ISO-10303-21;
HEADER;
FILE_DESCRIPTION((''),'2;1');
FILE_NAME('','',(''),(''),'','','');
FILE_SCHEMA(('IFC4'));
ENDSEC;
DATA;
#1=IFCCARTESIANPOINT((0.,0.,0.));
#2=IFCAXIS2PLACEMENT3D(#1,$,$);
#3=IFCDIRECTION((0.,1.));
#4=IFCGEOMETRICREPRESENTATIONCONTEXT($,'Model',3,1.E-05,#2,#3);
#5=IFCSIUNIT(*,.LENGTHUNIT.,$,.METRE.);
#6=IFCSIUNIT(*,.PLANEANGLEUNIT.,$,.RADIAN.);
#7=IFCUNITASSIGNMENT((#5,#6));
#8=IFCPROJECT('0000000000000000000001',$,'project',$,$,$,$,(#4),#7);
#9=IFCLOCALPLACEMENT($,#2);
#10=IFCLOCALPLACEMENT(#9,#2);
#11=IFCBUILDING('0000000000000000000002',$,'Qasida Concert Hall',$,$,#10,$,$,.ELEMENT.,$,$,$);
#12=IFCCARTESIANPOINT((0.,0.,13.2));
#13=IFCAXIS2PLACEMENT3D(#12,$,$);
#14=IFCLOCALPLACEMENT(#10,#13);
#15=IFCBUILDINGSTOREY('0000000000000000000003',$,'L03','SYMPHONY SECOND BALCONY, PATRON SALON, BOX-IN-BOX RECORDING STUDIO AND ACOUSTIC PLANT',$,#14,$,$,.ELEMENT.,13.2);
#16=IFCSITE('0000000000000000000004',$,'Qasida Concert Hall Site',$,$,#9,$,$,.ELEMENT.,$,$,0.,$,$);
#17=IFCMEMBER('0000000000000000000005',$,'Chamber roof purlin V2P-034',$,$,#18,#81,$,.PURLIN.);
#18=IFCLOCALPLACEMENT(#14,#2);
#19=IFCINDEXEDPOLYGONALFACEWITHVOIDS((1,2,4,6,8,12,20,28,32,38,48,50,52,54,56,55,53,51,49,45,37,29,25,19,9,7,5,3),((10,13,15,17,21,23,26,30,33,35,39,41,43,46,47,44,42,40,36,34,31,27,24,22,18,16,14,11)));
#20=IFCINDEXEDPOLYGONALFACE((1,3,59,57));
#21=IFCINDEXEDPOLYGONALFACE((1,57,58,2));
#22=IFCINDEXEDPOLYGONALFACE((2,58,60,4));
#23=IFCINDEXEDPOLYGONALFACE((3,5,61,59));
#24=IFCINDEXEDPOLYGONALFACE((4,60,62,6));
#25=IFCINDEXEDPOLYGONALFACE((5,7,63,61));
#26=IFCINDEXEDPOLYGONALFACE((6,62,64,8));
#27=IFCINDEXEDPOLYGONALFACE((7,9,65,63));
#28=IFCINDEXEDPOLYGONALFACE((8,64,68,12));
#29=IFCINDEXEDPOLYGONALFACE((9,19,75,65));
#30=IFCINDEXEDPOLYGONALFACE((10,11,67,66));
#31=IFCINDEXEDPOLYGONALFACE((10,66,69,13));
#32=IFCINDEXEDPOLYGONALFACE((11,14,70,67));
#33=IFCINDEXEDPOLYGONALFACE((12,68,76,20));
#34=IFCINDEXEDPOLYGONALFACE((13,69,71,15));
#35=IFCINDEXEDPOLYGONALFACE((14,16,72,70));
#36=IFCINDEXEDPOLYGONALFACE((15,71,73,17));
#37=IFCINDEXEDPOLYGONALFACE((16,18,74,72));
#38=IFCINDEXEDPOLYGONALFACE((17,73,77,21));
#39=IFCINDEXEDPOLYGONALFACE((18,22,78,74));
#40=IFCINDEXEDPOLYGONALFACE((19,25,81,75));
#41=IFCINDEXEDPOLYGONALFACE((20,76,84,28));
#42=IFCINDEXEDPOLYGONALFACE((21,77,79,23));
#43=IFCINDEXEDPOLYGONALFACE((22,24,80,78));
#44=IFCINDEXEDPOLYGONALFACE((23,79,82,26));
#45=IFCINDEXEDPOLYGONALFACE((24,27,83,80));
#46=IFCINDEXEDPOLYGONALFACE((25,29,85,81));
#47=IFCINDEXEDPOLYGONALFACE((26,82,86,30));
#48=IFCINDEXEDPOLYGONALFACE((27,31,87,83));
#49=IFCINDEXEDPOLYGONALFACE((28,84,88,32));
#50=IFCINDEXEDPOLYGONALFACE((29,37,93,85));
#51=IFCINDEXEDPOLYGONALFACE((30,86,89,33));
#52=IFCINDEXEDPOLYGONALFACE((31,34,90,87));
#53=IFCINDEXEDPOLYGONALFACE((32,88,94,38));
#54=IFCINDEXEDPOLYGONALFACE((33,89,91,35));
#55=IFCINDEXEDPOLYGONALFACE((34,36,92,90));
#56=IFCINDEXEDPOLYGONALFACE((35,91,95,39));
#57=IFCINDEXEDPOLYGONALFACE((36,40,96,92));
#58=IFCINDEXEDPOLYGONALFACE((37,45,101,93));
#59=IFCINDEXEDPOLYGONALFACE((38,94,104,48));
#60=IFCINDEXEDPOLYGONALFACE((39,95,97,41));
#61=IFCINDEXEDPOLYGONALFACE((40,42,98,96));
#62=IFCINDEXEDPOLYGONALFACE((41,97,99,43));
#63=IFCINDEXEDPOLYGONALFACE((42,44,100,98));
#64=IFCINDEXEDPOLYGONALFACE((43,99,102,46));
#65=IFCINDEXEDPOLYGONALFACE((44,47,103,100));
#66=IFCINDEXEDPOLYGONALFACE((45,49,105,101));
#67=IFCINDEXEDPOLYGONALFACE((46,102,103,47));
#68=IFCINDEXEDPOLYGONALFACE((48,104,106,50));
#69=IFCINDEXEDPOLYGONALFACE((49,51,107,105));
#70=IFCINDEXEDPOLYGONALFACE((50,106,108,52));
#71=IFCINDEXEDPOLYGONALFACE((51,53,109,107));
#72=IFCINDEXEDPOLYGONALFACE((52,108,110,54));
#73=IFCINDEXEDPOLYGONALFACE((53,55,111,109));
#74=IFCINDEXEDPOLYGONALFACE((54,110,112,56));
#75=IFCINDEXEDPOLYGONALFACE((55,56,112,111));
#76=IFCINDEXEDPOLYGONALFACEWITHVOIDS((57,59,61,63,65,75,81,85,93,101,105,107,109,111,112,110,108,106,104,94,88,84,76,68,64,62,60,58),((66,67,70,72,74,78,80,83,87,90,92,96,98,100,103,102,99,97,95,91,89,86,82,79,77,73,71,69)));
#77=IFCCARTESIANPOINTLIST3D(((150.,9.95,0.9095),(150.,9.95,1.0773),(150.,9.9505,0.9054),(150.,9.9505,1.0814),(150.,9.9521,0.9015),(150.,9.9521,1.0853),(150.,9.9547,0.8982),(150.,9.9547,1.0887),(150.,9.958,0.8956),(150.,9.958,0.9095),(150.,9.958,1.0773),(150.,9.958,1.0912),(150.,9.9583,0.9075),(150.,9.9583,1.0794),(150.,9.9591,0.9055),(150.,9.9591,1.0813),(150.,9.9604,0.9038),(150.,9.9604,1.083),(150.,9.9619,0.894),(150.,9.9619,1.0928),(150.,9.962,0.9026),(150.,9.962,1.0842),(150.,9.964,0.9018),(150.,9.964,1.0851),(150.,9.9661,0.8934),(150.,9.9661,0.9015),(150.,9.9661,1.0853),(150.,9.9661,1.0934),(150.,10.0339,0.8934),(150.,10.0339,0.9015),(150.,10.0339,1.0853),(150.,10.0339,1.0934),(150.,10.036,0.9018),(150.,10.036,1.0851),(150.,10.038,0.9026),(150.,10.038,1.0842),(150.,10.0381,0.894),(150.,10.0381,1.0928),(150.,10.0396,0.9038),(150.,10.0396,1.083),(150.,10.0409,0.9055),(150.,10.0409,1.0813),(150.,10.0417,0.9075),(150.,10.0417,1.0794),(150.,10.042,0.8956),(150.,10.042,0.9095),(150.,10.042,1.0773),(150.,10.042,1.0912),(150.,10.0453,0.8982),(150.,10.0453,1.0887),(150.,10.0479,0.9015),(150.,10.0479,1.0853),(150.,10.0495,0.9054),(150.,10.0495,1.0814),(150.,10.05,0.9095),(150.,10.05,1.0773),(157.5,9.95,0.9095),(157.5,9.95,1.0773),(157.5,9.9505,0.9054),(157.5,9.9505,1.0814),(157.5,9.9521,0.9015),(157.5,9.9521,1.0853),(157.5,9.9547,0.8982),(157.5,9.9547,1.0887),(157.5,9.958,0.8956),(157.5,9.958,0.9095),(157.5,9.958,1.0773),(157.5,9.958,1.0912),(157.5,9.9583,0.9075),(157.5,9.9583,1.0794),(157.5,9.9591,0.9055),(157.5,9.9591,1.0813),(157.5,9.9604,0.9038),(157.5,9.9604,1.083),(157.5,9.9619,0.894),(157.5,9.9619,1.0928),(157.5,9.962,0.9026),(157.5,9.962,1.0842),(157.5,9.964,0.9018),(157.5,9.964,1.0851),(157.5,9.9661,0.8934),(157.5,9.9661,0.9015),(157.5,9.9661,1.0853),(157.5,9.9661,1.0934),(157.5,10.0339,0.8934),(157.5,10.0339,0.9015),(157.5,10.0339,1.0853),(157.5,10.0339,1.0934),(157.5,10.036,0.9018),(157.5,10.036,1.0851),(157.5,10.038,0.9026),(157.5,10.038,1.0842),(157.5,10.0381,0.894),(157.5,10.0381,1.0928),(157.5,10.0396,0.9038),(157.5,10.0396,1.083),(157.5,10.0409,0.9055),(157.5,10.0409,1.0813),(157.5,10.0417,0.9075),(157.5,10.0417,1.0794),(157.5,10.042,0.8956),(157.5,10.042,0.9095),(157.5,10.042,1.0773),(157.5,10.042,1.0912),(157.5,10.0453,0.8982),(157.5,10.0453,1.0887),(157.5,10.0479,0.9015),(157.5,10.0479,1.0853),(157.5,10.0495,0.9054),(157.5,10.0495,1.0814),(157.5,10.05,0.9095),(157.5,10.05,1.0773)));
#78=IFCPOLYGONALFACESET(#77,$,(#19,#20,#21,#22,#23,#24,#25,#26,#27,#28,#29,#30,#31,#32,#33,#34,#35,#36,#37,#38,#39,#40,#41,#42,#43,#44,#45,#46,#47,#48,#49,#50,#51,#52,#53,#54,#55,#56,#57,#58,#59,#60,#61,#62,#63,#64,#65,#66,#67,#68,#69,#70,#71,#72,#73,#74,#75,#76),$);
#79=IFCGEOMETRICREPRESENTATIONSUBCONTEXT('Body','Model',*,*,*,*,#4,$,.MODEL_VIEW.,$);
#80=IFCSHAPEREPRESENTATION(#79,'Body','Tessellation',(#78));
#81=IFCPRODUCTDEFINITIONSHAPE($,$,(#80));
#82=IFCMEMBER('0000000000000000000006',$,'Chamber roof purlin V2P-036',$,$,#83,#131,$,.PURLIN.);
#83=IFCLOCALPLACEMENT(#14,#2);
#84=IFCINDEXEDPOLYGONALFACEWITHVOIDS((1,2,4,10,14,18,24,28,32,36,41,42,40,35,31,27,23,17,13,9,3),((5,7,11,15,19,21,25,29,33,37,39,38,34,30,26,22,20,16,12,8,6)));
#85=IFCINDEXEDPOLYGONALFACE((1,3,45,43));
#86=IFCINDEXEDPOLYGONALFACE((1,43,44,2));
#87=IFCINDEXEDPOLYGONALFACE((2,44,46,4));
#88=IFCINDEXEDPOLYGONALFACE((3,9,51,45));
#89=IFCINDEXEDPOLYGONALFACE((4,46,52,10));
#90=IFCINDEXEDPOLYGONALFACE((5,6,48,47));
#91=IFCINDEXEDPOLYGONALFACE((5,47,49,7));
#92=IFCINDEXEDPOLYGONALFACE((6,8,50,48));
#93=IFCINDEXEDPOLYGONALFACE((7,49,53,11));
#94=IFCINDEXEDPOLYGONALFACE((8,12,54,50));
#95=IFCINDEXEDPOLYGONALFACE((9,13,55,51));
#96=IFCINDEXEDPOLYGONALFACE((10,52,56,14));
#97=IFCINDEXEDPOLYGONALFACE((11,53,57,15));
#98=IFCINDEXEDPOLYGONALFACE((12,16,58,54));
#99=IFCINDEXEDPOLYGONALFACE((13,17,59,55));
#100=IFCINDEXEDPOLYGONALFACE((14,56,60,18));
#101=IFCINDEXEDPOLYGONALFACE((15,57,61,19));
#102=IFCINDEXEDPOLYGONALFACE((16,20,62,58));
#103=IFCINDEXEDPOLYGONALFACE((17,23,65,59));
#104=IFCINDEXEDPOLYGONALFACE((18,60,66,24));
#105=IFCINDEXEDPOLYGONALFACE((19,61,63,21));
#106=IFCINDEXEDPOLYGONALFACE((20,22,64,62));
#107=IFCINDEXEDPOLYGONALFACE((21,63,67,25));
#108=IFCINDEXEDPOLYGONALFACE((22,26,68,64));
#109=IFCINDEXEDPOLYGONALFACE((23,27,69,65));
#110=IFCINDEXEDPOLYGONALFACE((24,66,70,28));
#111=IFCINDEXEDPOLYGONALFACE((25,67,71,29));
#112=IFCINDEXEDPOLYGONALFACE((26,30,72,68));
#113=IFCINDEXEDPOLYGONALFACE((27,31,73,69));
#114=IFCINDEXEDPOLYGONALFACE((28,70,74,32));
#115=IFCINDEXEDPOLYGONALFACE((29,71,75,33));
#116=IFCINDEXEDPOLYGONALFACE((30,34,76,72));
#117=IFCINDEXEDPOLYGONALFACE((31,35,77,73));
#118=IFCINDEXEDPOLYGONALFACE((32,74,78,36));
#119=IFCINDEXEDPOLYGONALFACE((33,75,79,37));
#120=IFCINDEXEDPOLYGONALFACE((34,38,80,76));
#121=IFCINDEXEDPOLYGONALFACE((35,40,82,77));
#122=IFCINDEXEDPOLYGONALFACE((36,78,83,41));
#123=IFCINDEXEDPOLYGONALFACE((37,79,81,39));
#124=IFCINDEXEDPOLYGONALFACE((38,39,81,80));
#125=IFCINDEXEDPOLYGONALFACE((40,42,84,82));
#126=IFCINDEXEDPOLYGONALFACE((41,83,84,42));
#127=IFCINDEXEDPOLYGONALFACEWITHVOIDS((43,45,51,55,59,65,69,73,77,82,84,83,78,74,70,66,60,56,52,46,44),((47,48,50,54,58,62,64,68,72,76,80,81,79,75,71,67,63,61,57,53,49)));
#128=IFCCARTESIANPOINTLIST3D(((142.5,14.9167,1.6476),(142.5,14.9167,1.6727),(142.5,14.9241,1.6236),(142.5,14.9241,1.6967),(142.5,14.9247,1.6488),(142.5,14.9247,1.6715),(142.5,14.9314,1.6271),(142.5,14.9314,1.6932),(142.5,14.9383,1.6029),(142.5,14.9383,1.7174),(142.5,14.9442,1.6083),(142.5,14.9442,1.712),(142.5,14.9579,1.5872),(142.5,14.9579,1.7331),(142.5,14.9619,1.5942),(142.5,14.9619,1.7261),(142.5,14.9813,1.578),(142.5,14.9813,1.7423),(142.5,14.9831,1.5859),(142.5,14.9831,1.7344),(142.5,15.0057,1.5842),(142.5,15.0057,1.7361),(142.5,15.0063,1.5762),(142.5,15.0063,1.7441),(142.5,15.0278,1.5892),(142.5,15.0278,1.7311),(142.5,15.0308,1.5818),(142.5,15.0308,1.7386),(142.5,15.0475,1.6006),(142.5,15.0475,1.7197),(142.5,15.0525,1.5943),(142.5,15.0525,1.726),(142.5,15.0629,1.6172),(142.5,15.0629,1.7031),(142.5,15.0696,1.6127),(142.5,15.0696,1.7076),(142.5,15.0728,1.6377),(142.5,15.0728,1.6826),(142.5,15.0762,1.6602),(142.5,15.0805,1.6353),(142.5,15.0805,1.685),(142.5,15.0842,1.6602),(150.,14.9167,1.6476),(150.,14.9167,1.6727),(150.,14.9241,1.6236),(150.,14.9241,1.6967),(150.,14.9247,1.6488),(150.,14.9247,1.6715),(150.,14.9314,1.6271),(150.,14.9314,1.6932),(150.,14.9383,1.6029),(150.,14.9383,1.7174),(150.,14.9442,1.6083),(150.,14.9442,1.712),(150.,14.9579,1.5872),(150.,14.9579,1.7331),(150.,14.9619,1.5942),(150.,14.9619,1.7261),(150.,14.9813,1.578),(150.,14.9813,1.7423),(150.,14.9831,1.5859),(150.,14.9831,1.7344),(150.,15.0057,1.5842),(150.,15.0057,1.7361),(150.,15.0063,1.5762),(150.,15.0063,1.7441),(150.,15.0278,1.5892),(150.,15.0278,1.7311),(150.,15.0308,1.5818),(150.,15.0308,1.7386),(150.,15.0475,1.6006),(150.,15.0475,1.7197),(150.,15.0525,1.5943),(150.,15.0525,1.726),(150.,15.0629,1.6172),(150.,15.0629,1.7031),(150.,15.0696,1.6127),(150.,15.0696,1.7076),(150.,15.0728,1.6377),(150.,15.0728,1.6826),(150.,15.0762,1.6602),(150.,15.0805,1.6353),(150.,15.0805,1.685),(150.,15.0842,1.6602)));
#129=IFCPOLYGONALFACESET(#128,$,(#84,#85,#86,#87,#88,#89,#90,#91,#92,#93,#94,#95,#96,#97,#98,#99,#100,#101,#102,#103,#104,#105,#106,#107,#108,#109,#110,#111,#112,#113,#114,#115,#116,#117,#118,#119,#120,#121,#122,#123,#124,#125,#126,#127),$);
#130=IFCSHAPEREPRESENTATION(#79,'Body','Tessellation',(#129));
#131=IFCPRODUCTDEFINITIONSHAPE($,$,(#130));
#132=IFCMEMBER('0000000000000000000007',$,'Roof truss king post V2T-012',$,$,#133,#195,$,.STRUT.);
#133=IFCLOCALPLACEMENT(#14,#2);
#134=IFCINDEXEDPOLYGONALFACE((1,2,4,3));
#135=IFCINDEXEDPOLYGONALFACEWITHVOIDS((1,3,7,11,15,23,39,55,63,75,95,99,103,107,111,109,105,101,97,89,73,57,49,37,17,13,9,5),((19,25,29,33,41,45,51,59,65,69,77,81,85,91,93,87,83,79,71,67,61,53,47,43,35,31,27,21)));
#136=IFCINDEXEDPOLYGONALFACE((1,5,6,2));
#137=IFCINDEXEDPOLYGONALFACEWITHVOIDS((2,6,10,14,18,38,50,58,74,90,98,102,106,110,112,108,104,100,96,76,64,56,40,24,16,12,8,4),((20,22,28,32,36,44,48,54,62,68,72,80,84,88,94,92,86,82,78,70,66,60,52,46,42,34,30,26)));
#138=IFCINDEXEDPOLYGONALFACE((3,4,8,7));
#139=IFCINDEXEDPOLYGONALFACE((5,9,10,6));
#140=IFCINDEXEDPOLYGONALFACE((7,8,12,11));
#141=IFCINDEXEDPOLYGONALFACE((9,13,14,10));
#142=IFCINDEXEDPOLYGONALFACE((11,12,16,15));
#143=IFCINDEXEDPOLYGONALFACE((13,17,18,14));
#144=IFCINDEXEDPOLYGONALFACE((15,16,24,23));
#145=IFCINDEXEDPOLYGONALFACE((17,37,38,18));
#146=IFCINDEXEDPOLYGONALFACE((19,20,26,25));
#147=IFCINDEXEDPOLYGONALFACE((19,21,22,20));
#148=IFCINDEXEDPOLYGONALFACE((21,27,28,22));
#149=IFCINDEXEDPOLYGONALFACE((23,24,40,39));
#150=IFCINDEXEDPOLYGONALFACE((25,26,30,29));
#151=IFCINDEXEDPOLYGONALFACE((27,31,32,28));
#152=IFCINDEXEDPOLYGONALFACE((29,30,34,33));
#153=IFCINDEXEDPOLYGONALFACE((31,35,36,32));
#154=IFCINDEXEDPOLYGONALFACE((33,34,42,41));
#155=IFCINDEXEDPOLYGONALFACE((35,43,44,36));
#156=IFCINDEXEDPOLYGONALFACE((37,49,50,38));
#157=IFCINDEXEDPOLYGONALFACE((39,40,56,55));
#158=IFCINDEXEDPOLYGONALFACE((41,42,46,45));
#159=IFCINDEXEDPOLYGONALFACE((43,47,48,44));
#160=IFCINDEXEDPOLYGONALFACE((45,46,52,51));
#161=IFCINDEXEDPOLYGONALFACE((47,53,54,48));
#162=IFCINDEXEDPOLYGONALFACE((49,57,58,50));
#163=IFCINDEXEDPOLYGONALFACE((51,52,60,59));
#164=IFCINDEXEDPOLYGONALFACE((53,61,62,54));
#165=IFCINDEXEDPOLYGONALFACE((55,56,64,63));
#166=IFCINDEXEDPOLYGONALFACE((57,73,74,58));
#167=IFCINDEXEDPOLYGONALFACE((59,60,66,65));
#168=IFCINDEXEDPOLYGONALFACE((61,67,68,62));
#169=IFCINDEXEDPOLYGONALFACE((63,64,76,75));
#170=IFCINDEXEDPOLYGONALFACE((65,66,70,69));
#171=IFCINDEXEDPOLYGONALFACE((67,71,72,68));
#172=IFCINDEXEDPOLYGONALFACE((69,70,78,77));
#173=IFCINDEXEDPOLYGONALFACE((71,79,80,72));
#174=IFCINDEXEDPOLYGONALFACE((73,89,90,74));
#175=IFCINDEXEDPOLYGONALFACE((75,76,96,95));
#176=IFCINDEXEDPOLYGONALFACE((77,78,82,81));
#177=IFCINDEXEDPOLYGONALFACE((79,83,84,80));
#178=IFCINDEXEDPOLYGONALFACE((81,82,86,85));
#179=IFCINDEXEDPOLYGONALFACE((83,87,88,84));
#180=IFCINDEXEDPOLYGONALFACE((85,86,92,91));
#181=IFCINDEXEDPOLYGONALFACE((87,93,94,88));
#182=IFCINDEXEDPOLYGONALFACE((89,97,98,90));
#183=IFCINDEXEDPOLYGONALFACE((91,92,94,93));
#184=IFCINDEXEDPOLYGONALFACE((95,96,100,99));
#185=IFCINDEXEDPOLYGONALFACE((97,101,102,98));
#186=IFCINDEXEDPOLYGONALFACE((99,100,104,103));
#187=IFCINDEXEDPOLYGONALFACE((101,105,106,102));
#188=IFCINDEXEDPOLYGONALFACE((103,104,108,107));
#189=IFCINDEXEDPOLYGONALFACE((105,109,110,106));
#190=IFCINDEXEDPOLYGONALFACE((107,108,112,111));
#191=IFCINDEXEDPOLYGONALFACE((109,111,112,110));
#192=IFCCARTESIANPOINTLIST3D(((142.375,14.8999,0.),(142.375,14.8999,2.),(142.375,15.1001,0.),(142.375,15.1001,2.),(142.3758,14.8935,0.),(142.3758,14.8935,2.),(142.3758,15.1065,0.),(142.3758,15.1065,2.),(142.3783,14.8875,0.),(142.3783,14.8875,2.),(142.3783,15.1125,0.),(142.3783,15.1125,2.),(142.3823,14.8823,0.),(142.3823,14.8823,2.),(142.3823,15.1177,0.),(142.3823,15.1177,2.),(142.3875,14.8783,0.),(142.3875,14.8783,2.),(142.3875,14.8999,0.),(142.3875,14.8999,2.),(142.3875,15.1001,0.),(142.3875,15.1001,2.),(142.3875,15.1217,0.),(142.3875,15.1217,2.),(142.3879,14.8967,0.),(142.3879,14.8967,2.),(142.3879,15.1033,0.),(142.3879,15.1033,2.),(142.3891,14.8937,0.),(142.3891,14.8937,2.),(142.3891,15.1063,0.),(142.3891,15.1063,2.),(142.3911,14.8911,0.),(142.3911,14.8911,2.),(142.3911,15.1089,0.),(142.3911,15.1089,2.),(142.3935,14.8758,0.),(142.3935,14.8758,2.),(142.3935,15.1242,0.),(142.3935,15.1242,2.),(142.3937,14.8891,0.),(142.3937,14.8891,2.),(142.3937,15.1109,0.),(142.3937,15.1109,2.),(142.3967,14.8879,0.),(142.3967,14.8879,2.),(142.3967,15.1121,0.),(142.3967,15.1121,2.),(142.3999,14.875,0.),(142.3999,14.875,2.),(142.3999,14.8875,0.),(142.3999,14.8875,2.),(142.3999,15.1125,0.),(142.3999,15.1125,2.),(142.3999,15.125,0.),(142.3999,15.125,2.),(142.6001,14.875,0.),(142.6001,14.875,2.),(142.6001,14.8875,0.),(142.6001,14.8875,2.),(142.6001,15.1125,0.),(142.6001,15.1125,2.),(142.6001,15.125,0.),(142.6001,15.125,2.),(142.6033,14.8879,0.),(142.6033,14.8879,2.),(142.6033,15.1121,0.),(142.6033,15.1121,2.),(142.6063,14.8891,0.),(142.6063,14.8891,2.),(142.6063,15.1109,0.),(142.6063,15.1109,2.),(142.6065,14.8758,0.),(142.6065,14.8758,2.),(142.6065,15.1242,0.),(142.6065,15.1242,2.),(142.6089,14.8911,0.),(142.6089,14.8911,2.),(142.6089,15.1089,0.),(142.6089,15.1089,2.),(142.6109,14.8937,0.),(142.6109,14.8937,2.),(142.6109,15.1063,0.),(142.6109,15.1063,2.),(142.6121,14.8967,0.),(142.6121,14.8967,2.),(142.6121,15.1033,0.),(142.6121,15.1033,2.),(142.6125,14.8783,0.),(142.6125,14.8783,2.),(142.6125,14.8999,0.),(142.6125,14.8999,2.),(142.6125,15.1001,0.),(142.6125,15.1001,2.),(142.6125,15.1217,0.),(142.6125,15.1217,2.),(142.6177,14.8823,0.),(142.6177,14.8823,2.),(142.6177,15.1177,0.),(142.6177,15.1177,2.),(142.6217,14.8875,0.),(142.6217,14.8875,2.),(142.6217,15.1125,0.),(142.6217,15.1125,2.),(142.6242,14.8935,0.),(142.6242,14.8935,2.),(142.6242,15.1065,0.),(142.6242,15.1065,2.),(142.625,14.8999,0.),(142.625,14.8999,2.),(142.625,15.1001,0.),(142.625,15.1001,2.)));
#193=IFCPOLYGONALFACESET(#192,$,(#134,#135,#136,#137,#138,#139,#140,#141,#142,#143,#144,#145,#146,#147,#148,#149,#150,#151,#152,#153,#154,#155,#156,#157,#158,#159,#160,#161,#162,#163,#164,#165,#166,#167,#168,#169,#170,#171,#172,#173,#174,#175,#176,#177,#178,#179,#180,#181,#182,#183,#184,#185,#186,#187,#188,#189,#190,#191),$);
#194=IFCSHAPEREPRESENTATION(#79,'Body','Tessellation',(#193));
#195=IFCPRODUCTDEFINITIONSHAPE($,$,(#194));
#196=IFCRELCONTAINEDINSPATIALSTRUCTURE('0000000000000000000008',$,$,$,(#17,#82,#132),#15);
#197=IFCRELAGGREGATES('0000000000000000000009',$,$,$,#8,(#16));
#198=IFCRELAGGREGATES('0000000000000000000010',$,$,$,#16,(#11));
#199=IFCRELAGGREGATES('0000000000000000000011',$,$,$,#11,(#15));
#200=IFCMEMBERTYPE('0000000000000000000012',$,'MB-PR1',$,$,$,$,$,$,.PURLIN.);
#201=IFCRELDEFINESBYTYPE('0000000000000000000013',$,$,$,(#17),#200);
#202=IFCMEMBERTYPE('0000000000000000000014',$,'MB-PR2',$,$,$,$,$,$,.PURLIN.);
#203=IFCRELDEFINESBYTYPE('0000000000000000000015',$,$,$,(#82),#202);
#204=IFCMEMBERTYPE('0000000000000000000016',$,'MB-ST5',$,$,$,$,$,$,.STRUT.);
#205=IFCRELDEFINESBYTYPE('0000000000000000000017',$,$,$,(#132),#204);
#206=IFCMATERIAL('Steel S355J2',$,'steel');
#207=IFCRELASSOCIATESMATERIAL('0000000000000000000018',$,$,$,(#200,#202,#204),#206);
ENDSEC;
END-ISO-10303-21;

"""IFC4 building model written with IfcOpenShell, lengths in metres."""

from ifc_helpers import new_model, si_unit, direction, frame, origin, origin_2d, place, context, subcontext, project, spatial, hollow_rectangle, hollow_circle, extrude, material, material_profile, profile_set, type_object, element, save


model = new_model("IFC4")

# Units and contexts
model_context = context("Model", 3, precision=1e-05, world=origin(), true_north=direction((0.0, 1.0)))
body_context = subcontext(model_context, "Body", "Model", "MODEL_VIEW")
ifc_project = project(units=[si_unit("LENGTHUNIT", "METRE"), si_unit("PLANEANGLEUNIT", "RADIAN")], contexts=[model_context])

# Site, building, storey
site_placement = place(None, origin())
site = spatial("IfcSite", under=ifc_project, at=site_placement, Name="Qasida Concert Hall Site", CompositionType="ELEMENT", RefElevation=0.0)
building_placement = place(site_placement, origin())
building = spatial("IfcBuilding", under=site, at=building_placement, Name="Qasida Concert Hall", CompositionType="ELEMENT")
storey_placement = place(building_placement, frame((0.0, 0.0, 13.2)))
storey = spatial("IfcBuildingStorey", under=building, at=storey_placement, Name="L03", Description="SYMPHONY SECOND BALCONY, PATRON SALON, BOX-IN-BOX RECORDING STUDIO AND ACOUSTIC PLANT", CompositionType="ELEMENT", Elevation=13.2)

# Members
ifc_material_1 = material(Name="Steel S355J2", Category="steel")
ifc_material_profile_1 = material_profile(ifc_material_1, hollow_rectangle(XDim=0.1001, YDim=0.2, WallThickness=0.0081, InnerFilletRadius=0.0081, OuterFilletRadius=0.0161, at=origin_2d()), Name="RHS 200x100x8")
ifc_profile_set_1 = profile_set([ifc_material_profile_1], Name="Steel S355J2")
member_type_1 = type_object("IfcMemberType", Name="MB-PR1", PredefinedType="PURLIN", material=ifc_profile_set_1)
for number, where, z_axis, x_axis, name in (
    (1, (150.0, 10.0, 0.9934), (1.0, 0.0, 0.0), (0.0, 1.0, 0.0), "Chamber roof purlin V2P-034"),
):
    element("IfcMember", number, at=place(storey_placement, frame(where, z_axis=z_axis, x_axis=x_axis)), inside=storey, type_object=member_type_1, Name=name, PredefinedType="PURLIN", context=body_context, shape_type="SweptSolid", body=[
        extrude(hollow_rectangle(XDim=0.1001, YDim=0.2, WallThickness=0.0081, InnerFilletRadius=0.0081, OuterFilletRadius=0.0161, at=origin_2d()), origin(), (0.0, 0.0, 1.0), 7.5),
    ])
ifc_material_profile_2 = material_profile(ifc_material_1, hollow_circle(Radius=0.0842, WallThickness=0.0081, at=origin_2d()), Name="CHS 168.3x8")
ifc_profile_set_2 = profile_set([ifc_material_profile_2], Name="Steel S355J2")
member_type_2 = type_object("IfcMemberType", Name="MB-PR2", PredefinedType="PURLIN", material=ifc_profile_set_2)
member_placement = place(storey_placement, frame((142.5, 15.0, 1.6602), z_axis=(1.0, 0.0, 0.0), x_axis=(0.0, 1.0, 0.0)))
element("IfcMember", 2, at=member_placement, inside=storey, type_object=member_type_2, Name="Chamber roof purlin V2P-036", PredefinedType="PURLIN", context=body_context, shape_type="SweptSolid", body=[
    extrude(hollow_circle(Radius=0.0842, WallThickness=0.0081, at=origin_2d()), origin(), (0.0, 0.0, 1.0), 7.5),
])
ifc_material_profile_3 = material_profile(ifc_material_1, hollow_rectangle(XDim=0.25, YDim=0.25, WallThickness=0.0125, InnerFilletRadius=0.0125, OuterFilletRadius=0.0249, at=origin_2d()), Name="SHS 250x250x12.5")
ifc_profile_set_3 = profile_set([ifc_material_profile_3], Name="Steel S355J2")
member_type_3 = type_object("IfcMemberType", Name="MB-ST5", PredefinedType="STRUT", material=ifc_profile_set_3)
for number, where, z_axis, x_axis, name in (
    (3, (142.5, 15.0, 0.0), (0.0, 0.0, 1.0), (1.0, 0.0, 0.0), "Roof truss king post V2T-012"),
):
    element("IfcMember", number, at=place(storey_placement, frame(where, z_axis=z_axis, x_axis=x_axis)), inside=storey, type_object=member_type_3, Name=name, PredefinedType="STRUT", context=body_context, shape_type="SweptSolid", body=[
        extrude(hollow_rectangle(XDim=0.25, YDim=0.25, WallThickness=0.0125, InnerFilletRadius=0.0125, OuterFilletRadius=0.0249, at=origin_2d()), origin(), (0.0, 0.0, 1.0), 2.0),
    ])

save(model, "model.ifc")
